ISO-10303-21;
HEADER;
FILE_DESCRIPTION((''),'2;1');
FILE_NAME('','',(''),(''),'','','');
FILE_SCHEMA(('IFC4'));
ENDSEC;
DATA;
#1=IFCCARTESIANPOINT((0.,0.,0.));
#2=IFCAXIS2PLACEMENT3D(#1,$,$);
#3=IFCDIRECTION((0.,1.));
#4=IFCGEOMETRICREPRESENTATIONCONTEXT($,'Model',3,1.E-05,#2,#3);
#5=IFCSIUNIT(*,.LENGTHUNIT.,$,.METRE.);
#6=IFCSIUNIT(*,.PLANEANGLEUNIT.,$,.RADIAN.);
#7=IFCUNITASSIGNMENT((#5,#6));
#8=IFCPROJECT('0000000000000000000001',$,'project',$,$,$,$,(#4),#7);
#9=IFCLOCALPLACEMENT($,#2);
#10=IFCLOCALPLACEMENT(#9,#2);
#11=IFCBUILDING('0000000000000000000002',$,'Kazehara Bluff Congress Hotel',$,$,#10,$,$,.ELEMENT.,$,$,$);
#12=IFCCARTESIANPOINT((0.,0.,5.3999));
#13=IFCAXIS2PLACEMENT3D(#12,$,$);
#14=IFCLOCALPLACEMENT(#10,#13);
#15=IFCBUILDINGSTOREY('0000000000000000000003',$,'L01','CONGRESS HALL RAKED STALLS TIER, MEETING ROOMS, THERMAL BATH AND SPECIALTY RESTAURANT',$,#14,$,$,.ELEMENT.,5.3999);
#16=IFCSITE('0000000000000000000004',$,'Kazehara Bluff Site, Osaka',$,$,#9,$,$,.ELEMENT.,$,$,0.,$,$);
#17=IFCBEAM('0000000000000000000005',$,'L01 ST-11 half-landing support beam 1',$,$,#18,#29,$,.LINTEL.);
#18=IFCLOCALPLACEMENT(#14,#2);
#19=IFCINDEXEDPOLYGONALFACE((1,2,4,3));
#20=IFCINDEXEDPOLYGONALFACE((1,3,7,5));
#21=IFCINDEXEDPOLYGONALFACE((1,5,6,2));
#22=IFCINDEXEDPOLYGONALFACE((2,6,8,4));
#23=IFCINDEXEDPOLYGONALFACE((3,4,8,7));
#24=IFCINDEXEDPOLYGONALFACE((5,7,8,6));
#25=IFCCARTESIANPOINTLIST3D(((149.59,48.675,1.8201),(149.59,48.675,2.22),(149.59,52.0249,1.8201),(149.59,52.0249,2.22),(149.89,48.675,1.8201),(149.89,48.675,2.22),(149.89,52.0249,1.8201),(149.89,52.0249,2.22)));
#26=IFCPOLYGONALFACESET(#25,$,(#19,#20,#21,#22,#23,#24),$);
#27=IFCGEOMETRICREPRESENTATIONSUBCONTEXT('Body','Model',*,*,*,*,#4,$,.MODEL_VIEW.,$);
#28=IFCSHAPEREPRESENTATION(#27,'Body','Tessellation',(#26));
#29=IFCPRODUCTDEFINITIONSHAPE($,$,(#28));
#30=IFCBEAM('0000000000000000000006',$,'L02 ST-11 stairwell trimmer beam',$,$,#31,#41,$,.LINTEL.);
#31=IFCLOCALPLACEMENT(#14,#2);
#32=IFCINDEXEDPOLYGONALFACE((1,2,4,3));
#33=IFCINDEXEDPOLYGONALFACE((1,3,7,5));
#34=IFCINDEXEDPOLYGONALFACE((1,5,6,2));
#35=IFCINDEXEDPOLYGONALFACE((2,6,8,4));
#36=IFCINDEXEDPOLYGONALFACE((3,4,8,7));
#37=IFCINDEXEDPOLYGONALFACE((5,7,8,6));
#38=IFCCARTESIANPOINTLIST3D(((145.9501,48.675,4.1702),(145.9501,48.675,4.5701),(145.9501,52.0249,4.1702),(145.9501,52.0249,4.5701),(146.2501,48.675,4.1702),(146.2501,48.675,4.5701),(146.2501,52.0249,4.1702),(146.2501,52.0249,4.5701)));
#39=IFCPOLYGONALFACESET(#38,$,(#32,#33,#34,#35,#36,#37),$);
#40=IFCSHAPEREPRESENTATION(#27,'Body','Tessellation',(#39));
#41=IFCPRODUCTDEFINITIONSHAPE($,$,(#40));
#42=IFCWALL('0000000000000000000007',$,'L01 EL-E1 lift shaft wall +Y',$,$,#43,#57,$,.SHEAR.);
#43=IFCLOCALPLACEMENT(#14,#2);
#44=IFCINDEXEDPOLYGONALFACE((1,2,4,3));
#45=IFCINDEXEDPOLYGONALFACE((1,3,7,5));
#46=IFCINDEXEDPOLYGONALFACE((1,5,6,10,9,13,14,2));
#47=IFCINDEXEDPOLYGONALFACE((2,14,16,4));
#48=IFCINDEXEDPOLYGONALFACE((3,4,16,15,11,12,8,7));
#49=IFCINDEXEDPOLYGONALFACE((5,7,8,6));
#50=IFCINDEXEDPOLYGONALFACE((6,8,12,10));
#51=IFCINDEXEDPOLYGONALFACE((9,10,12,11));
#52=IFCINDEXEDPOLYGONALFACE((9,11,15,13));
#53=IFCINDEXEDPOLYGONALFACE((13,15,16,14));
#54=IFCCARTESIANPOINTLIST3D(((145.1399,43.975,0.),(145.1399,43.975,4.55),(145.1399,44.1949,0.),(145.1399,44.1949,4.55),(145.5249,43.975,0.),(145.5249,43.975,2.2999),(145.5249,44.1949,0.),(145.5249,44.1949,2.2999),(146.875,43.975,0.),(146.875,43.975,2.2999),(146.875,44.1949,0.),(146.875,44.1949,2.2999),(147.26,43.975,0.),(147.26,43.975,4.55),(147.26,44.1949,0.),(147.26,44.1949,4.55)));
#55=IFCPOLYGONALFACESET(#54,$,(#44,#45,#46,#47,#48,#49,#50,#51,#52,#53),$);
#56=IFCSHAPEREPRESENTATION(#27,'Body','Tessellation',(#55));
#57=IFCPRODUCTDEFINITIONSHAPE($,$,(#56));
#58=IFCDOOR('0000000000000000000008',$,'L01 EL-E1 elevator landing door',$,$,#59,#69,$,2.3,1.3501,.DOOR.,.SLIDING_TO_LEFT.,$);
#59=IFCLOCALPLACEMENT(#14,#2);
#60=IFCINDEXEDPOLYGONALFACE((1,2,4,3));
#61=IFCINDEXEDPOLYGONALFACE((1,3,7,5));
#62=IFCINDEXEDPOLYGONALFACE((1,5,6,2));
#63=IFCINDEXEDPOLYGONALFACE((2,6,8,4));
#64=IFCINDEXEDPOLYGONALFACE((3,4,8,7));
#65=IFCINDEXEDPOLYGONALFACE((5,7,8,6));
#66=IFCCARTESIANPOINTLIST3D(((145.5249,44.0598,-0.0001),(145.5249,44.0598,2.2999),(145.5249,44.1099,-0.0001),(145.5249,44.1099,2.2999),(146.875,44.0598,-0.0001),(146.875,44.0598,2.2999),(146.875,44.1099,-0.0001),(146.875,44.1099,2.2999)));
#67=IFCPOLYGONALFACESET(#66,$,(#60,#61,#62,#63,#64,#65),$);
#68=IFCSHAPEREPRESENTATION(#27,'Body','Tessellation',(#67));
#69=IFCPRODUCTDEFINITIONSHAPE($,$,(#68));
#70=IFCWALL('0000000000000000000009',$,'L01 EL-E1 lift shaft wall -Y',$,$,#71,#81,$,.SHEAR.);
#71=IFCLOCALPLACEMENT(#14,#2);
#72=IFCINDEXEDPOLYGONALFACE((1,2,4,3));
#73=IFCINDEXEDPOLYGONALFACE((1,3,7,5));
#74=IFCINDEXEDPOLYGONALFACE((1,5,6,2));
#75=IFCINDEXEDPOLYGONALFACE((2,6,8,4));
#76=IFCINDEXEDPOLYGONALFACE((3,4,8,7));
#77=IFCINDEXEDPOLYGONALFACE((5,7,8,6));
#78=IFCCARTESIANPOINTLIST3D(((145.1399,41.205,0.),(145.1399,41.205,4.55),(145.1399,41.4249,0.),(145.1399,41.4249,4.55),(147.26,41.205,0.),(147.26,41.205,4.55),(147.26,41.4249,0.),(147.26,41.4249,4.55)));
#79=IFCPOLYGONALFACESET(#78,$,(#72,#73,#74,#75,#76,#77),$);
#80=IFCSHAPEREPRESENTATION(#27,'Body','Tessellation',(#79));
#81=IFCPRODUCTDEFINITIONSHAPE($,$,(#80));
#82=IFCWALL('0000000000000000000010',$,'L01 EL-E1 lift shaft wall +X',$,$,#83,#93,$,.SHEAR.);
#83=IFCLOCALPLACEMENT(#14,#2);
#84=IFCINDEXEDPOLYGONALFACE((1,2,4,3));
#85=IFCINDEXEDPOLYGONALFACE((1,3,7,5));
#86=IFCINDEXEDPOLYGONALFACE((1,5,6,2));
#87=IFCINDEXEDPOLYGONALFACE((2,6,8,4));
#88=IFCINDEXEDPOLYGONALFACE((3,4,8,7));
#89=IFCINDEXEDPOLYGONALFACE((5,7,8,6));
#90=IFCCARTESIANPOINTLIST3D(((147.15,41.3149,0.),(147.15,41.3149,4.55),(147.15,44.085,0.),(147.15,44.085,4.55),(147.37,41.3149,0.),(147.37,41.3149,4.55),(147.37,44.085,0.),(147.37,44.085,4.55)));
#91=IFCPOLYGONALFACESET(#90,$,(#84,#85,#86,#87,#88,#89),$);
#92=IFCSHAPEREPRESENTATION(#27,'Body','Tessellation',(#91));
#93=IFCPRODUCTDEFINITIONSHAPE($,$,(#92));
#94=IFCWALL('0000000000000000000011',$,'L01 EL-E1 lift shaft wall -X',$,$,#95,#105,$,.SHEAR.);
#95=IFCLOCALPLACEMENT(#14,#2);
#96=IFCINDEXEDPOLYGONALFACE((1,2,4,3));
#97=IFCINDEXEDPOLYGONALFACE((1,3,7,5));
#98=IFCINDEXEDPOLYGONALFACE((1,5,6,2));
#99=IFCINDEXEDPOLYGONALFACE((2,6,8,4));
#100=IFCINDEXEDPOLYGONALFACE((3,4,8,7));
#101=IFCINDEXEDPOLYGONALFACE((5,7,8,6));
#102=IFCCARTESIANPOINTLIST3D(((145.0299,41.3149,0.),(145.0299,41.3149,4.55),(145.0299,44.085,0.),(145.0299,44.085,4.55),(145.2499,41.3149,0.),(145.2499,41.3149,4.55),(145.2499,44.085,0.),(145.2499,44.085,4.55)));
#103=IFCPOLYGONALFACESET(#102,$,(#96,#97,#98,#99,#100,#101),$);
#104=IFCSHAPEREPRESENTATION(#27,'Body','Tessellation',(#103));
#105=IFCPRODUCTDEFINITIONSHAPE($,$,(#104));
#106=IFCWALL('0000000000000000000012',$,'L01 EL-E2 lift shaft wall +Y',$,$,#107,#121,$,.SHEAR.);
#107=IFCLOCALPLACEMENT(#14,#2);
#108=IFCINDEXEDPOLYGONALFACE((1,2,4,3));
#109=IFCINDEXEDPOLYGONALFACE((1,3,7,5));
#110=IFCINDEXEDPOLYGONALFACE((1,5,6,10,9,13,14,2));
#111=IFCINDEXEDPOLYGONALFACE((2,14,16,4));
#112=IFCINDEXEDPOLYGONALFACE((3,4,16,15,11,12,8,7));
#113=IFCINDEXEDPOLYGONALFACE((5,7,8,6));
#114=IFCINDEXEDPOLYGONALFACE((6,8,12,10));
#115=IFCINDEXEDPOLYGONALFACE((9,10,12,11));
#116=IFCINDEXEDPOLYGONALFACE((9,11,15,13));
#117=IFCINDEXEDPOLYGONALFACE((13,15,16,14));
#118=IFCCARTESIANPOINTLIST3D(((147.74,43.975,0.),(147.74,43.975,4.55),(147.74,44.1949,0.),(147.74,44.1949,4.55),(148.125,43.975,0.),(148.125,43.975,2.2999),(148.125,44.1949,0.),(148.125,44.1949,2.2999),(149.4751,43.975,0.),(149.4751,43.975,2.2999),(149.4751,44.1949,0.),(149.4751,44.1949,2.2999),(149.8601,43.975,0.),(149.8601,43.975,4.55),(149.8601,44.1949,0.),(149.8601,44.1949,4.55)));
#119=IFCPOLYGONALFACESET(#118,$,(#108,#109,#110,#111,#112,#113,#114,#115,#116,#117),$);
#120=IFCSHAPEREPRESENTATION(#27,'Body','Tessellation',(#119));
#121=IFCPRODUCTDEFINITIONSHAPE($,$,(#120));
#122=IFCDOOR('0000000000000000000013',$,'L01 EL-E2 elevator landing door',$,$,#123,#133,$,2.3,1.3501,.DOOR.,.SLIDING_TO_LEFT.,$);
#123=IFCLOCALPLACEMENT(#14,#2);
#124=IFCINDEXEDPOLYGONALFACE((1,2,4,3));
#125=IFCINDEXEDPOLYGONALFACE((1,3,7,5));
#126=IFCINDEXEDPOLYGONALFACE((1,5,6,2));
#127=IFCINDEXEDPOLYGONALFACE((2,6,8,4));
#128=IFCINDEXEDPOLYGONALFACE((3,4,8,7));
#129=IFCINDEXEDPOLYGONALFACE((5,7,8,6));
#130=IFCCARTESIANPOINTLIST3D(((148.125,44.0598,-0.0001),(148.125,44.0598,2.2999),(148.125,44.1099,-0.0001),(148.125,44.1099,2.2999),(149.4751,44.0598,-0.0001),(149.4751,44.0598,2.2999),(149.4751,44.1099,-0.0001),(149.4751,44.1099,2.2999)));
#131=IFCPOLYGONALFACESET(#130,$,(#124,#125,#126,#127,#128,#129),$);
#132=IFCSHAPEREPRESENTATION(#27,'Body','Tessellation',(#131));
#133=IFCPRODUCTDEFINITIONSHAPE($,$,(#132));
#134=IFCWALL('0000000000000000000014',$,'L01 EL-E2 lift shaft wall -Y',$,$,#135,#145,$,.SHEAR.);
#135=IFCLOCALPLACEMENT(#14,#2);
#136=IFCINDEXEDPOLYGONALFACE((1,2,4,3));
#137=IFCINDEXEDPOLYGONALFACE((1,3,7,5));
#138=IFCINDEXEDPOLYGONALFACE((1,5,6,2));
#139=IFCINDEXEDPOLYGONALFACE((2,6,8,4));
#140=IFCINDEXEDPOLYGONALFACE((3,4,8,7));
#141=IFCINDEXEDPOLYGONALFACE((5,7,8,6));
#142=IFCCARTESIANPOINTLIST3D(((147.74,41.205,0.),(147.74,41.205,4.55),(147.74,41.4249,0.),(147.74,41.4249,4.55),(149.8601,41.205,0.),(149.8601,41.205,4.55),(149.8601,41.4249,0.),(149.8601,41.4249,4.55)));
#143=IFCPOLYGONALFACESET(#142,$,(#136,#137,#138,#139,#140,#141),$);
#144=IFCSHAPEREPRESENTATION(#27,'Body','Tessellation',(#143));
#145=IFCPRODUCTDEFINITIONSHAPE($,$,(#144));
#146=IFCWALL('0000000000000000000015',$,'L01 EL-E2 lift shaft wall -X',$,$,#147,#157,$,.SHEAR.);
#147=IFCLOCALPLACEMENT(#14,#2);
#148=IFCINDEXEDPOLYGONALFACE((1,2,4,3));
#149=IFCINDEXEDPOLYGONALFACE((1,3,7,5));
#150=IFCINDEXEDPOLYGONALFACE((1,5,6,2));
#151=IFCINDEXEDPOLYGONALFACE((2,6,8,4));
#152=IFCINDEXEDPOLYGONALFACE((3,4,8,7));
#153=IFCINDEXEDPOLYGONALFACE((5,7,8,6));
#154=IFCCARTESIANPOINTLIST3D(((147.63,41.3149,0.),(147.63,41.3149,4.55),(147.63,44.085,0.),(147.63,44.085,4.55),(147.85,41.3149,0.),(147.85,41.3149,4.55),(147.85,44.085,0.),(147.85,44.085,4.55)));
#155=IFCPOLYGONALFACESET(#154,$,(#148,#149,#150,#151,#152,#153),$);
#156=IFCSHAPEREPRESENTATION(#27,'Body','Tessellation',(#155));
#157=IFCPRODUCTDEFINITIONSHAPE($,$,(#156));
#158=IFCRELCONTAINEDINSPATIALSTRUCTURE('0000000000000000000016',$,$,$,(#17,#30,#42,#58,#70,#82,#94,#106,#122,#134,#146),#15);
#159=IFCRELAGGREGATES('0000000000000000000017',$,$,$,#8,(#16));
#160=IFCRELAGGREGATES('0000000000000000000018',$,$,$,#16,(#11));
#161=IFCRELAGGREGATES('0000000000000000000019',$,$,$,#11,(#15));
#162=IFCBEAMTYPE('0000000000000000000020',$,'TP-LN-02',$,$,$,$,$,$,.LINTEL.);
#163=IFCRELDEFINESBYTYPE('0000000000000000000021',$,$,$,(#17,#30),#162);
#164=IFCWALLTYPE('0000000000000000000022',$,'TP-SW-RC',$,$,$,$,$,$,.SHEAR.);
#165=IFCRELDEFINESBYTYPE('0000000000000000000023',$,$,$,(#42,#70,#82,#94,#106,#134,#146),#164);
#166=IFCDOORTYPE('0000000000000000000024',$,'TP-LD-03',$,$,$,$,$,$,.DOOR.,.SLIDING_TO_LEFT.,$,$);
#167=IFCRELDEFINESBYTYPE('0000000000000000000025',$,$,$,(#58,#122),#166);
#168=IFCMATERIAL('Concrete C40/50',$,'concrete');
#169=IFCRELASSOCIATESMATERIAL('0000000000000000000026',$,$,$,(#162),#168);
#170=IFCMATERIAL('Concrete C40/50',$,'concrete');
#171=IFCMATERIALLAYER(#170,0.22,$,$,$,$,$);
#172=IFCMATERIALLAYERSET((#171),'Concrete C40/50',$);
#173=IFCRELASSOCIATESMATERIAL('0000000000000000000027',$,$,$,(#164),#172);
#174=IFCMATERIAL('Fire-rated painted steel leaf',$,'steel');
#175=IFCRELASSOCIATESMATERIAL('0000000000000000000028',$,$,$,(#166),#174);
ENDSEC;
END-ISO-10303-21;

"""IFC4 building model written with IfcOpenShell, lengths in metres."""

from ifc_helpers import new_model, si_unit, direction, frame, frame_2d, origin, origin_2d, place, context, subcontext, project, spatial, rectangle, extrude, material, layer, layer_set, material_profile, profile_set, type_object, element, fill, save


model = new_model("IFC4")

# Units and contexts
model_context = context("Model", 3, precision=1e-05, world=origin(), true_north=direction((0.0, 1.0)))
body_context = subcontext(model_context, "Body", "Model", "MODEL_VIEW")
ifc_project = project(units=[si_unit("LENGTHUNIT", "METRE"), si_unit("PLANEANGLEUNIT", "RADIAN")], contexts=[model_context])

# Site, building, storey
site_placement = place(None, origin())
site = spatial("IfcSite", under=ifc_project, at=site_placement, Name="Kazehara Bluff Site, Osaka", CompositionType="ELEMENT", RefElevation=0.0)
building_placement = place(site_placement, origin())
building = spatial("IfcBuilding", under=site, at=building_placement, Name="Kazehara Bluff Congress Hotel", CompositionType="ELEMENT")
storey_placement = place(building_placement, frame((0.0, 0.0, 5.3999)))
storey = spatial("IfcBuildingStorey", under=building, at=storey_placement, Name="L01", Description="CONGRESS HALL RAKED STALLS TIER, MEETING ROOMS, THERMAL BATH AND SPECIALTY RESTAURANT", CompositionType="ELEMENT", Elevation=5.3999)

# Beams
ifc_material_1 = material(Name="Concrete C40/50", Category="concrete")
ifc_material_profile = material_profile(ifc_material_1, rectangle(XDim=0.3, YDim=0.3999, at=origin_2d()))
ifc_profile_set = profile_set([ifc_material_profile], Name="Concrete C40/50")
beam_type = type_object("IfcBeamType", Name="TP-LN-02", PredefinedType="LINTEL", material=ifc_profile_set)
for number, where, z_axis, x_axis, name in (
    (1, (149.74, 48.675, 2.02), (0.0, 1.0, 0.0), (-1.0, 0.0, 0.0), "L01 ST-11 half-landing support beam 1"),
    (2, (146.1001, 48.675, 4.3701), (0.0, 1.0, 0.0), (-1.0, 0.0, 0.0), "L02 ST-11 stairwell trimmer beam"),
):
    element("IfcBeam", number, at=place(storey_placement, frame(where, z_axis=z_axis, x_axis=x_axis)), inside=storey, type_object=beam_type, Name=name, PredefinedType="LINTEL", context=body_context, shape_type="SweptSolid", body=[
        extrude(rectangle(XDim=0.3, YDim=0.3999, at=origin_2d()), origin(), (0.0, 0.0, 1.0), 3.3499),
    ])

# Wall, opening, door
ifc_material_2 = material(Name="Concrete C40/50", Category="concrete")
ifc_layer = layer(ifc_material_2, 0.22)
ifc_layer_set = layer_set([ifc_layer], Name="Concrete C40/50")
wall_type = type_object("IfcWallType", Name="TP-SW-RC", PredefinedType="SHEAR", material=ifc_layer_set)
wall_1_placement = place(storey_placement, frame((145.1399, 44.085, 0.0), z_axis=(0.0, 0.0, 1.0), x_axis=(1.0, 0.0, 0.0)))
wall_1 = element("IfcWall", 3, at=wall_1_placement, inside=storey, type_object=wall_type, Name="L01 EL-E1 lift shaft wall +Y", PredefinedType="SHEAR", context=body_context, shape_type="SweptSolid", body=[
    extrude(rectangle(XDim=2.1201, YDim=0.22, at=frame_2d((1.0601, 0.0))), origin(), (0.0, 0.0, 1.0), 4.55),
])
opening_1_placement = place(wall_1_placement, frame((0.385, 0.0, 0.0)))
opening_1 = element("IfcOpeningElement", 4, at=opening_1_placement, cuts=wall_1, PredefinedType="OPENING", context=body_context, shape_type="SweptSolid", body=[
    extrude(rectangle(XDim=1.3501, YDim=2.3, at=frame_2d((0.675, 1.1499))), frame((0.0, 0.1199, 0.0), z_axis=(0.0, -1.0, 0.0), x_axis=(1.0, 0.0, 0.0)), (0.0, 0.0, 1.0), 0.24),
])
ifc_material_3 = material(Name="Fire-rated painted steel leaf", Category="steel")
door_type = type_object("IfcDoorType", Name="TP-LD-03", OperationType="SLIDING_TO_LEFT", PredefinedType="DOOR", material=ifc_material_3)
door_1_placement = place(opening_1_placement, origin())
door_1 = element("IfcDoor", 5, at=door_1_placement, inside=storey, type_object=door_type, Name="L01 EL-E1 elevator landing door", OperationType="SLIDING_TO_LEFT", OverallHeight=2.3, OverallWidth=1.3501, PredefinedType="DOOR", context=body_context, shape_type="SweptSolid", body=[
    extrude(rectangle(XDim=1.3501, YDim=2.3, at=frame_2d((0.675, 1.1499))), frame((0.0, 0.0249, 0.0), z_axis=(0.0, -1.0, 0.0), x_axis=(1.0, 0.0, 0.0)), (0.0, 0.0, 1.0), 0.05),
])
fill(opening_1, door_1)

# Walls
wall_2_placement = place(storey_placement, frame((145.1399, 41.3149, 0.0), z_axis=(0.0, 0.0, 1.0), x_axis=(1.0, 0.0, 0.0)))
element("IfcWall", 6, at=wall_2_placement, inside=storey, type_object=wall_type, Name="L01 EL-E1 lift shaft wall -Y", PredefinedType="SHEAR", context=body_context, shape_type="SweptSolid", body=[
    extrude(rectangle(XDim=2.1201, YDim=0.22, at=frame_2d((1.0601, 0.0))), origin(), (0.0, 0.0, 1.0), 4.55),
])
for number, where, z_axis, x_axis, name in (
    (7, (147.26, 41.3149, 0.0), (0.0, 0.0, 1.0), (0.0, 1.0, 0.0), "L01 EL-E1 lift shaft wall +X"),
    (8, (145.1399, 41.3149, 0.0), (0.0, 0.0, 1.0), (0.0, 1.0, 0.0), "L01 EL-E1 lift shaft wall -X"),
):
    element("IfcWall", number, at=place(storey_placement, frame(where, z_axis=z_axis, x_axis=x_axis)), inside=storey, type_object=wall_type, Name=name, PredefinedType="SHEAR", context=body_context, shape_type="SweptSolid", body=[
        extrude(rectangle(XDim=2.77, YDim=0.22, at=frame_2d((1.385, 0.0))), origin(), (0.0, 0.0, 1.0), 4.55),
    ])

# Wall, opening, door
wall_3_placement = place(storey_placement, frame((147.74, 44.085, 0.0), z_axis=(0.0, 0.0, 1.0), x_axis=(1.0, 0.0, 0.0)))
wall_3 = element("IfcWall", 9, at=wall_3_placement, inside=storey, type_object=wall_type, Name="L01 EL-E2 lift shaft wall +Y", PredefinedType="SHEAR", context=body_context, shape_type="SweptSolid", body=[
    extrude(rectangle(XDim=2.1201, YDim=0.22, at=frame_2d((1.0601, 0.0))), origin(), (0.0, 0.0, 1.0), 4.55),
])
opening_2_placement = place(wall_3_placement, frame((0.385, 0.0, 0.0)))
opening_2 = element("IfcOpeningElement", 10, at=opening_2_placement, cuts=wall_3, PredefinedType="OPENING", context=body_context, shape_type="SweptSolid", body=[
    extrude(rectangle(XDim=1.3501, YDim=2.3, at=frame_2d((0.675, 1.1499))), frame((0.0, 0.1199, 0.0), z_axis=(0.0, -1.0, 0.0), x_axis=(1.0, 0.0, 0.0)), (0.0, 0.0, 1.0), 0.24),
])
door_2_placement = place(opening_2_placement, origin())
door_2 = element("IfcDoor", 11, at=door_2_placement, inside=storey, type_object=door_type, Name="L01 EL-E2 elevator landing door", OperationType="SLIDING_TO_LEFT", OverallHeight=2.3, OverallWidth=1.3501, PredefinedType="DOOR", context=body_context, shape_type="SweptSolid", body=[
    extrude(rectangle(XDim=1.3501, YDim=2.3, at=frame_2d((0.675, 1.1499))), frame((0.0, 0.0249, 0.0), z_axis=(0.0, -1.0, 0.0), x_axis=(1.0, 0.0, 0.0)), (0.0, 0.0, 1.0), 0.05),
])
fill(opening_2, door_2)

# Walls
wall_4_placement = place(storey_placement, frame((147.74, 41.3149, 0.0), z_axis=(0.0, 0.0, 1.0), x_axis=(1.0, 0.0, 0.0)))
element("IfcWall", 12, at=wall_4_placement, inside=storey, type_object=wall_type, Name="L01 EL-E2 lift shaft wall -Y", PredefinedType="SHEAR", context=body_context, shape_type="SweptSolid", body=[
    extrude(rectangle(XDim=2.1201, YDim=0.22, at=frame_2d((1.0601, 0.0))), origin(), (0.0, 0.0, 1.0), 4.55),
])
wall_5_placement = place(storey_placement, frame((147.74, 41.3149, 0.0), z_axis=(0.0, 0.0, 1.0), x_axis=(0.0, 1.0, 0.0)))
element("IfcWall", 13, at=wall_5_placement, inside=storey, type_object=wall_type, Name="L01 EL-E2 lift shaft wall -X", PredefinedType="SHEAR", context=body_context, shape_type="SweptSolid", body=[
    extrude(rectangle(XDim=2.77, YDim=0.22, at=frame_2d((1.385, 0.0))), origin(), (0.0, 0.0, 1.0), 4.55),
])

save(model, "model.ifc")
